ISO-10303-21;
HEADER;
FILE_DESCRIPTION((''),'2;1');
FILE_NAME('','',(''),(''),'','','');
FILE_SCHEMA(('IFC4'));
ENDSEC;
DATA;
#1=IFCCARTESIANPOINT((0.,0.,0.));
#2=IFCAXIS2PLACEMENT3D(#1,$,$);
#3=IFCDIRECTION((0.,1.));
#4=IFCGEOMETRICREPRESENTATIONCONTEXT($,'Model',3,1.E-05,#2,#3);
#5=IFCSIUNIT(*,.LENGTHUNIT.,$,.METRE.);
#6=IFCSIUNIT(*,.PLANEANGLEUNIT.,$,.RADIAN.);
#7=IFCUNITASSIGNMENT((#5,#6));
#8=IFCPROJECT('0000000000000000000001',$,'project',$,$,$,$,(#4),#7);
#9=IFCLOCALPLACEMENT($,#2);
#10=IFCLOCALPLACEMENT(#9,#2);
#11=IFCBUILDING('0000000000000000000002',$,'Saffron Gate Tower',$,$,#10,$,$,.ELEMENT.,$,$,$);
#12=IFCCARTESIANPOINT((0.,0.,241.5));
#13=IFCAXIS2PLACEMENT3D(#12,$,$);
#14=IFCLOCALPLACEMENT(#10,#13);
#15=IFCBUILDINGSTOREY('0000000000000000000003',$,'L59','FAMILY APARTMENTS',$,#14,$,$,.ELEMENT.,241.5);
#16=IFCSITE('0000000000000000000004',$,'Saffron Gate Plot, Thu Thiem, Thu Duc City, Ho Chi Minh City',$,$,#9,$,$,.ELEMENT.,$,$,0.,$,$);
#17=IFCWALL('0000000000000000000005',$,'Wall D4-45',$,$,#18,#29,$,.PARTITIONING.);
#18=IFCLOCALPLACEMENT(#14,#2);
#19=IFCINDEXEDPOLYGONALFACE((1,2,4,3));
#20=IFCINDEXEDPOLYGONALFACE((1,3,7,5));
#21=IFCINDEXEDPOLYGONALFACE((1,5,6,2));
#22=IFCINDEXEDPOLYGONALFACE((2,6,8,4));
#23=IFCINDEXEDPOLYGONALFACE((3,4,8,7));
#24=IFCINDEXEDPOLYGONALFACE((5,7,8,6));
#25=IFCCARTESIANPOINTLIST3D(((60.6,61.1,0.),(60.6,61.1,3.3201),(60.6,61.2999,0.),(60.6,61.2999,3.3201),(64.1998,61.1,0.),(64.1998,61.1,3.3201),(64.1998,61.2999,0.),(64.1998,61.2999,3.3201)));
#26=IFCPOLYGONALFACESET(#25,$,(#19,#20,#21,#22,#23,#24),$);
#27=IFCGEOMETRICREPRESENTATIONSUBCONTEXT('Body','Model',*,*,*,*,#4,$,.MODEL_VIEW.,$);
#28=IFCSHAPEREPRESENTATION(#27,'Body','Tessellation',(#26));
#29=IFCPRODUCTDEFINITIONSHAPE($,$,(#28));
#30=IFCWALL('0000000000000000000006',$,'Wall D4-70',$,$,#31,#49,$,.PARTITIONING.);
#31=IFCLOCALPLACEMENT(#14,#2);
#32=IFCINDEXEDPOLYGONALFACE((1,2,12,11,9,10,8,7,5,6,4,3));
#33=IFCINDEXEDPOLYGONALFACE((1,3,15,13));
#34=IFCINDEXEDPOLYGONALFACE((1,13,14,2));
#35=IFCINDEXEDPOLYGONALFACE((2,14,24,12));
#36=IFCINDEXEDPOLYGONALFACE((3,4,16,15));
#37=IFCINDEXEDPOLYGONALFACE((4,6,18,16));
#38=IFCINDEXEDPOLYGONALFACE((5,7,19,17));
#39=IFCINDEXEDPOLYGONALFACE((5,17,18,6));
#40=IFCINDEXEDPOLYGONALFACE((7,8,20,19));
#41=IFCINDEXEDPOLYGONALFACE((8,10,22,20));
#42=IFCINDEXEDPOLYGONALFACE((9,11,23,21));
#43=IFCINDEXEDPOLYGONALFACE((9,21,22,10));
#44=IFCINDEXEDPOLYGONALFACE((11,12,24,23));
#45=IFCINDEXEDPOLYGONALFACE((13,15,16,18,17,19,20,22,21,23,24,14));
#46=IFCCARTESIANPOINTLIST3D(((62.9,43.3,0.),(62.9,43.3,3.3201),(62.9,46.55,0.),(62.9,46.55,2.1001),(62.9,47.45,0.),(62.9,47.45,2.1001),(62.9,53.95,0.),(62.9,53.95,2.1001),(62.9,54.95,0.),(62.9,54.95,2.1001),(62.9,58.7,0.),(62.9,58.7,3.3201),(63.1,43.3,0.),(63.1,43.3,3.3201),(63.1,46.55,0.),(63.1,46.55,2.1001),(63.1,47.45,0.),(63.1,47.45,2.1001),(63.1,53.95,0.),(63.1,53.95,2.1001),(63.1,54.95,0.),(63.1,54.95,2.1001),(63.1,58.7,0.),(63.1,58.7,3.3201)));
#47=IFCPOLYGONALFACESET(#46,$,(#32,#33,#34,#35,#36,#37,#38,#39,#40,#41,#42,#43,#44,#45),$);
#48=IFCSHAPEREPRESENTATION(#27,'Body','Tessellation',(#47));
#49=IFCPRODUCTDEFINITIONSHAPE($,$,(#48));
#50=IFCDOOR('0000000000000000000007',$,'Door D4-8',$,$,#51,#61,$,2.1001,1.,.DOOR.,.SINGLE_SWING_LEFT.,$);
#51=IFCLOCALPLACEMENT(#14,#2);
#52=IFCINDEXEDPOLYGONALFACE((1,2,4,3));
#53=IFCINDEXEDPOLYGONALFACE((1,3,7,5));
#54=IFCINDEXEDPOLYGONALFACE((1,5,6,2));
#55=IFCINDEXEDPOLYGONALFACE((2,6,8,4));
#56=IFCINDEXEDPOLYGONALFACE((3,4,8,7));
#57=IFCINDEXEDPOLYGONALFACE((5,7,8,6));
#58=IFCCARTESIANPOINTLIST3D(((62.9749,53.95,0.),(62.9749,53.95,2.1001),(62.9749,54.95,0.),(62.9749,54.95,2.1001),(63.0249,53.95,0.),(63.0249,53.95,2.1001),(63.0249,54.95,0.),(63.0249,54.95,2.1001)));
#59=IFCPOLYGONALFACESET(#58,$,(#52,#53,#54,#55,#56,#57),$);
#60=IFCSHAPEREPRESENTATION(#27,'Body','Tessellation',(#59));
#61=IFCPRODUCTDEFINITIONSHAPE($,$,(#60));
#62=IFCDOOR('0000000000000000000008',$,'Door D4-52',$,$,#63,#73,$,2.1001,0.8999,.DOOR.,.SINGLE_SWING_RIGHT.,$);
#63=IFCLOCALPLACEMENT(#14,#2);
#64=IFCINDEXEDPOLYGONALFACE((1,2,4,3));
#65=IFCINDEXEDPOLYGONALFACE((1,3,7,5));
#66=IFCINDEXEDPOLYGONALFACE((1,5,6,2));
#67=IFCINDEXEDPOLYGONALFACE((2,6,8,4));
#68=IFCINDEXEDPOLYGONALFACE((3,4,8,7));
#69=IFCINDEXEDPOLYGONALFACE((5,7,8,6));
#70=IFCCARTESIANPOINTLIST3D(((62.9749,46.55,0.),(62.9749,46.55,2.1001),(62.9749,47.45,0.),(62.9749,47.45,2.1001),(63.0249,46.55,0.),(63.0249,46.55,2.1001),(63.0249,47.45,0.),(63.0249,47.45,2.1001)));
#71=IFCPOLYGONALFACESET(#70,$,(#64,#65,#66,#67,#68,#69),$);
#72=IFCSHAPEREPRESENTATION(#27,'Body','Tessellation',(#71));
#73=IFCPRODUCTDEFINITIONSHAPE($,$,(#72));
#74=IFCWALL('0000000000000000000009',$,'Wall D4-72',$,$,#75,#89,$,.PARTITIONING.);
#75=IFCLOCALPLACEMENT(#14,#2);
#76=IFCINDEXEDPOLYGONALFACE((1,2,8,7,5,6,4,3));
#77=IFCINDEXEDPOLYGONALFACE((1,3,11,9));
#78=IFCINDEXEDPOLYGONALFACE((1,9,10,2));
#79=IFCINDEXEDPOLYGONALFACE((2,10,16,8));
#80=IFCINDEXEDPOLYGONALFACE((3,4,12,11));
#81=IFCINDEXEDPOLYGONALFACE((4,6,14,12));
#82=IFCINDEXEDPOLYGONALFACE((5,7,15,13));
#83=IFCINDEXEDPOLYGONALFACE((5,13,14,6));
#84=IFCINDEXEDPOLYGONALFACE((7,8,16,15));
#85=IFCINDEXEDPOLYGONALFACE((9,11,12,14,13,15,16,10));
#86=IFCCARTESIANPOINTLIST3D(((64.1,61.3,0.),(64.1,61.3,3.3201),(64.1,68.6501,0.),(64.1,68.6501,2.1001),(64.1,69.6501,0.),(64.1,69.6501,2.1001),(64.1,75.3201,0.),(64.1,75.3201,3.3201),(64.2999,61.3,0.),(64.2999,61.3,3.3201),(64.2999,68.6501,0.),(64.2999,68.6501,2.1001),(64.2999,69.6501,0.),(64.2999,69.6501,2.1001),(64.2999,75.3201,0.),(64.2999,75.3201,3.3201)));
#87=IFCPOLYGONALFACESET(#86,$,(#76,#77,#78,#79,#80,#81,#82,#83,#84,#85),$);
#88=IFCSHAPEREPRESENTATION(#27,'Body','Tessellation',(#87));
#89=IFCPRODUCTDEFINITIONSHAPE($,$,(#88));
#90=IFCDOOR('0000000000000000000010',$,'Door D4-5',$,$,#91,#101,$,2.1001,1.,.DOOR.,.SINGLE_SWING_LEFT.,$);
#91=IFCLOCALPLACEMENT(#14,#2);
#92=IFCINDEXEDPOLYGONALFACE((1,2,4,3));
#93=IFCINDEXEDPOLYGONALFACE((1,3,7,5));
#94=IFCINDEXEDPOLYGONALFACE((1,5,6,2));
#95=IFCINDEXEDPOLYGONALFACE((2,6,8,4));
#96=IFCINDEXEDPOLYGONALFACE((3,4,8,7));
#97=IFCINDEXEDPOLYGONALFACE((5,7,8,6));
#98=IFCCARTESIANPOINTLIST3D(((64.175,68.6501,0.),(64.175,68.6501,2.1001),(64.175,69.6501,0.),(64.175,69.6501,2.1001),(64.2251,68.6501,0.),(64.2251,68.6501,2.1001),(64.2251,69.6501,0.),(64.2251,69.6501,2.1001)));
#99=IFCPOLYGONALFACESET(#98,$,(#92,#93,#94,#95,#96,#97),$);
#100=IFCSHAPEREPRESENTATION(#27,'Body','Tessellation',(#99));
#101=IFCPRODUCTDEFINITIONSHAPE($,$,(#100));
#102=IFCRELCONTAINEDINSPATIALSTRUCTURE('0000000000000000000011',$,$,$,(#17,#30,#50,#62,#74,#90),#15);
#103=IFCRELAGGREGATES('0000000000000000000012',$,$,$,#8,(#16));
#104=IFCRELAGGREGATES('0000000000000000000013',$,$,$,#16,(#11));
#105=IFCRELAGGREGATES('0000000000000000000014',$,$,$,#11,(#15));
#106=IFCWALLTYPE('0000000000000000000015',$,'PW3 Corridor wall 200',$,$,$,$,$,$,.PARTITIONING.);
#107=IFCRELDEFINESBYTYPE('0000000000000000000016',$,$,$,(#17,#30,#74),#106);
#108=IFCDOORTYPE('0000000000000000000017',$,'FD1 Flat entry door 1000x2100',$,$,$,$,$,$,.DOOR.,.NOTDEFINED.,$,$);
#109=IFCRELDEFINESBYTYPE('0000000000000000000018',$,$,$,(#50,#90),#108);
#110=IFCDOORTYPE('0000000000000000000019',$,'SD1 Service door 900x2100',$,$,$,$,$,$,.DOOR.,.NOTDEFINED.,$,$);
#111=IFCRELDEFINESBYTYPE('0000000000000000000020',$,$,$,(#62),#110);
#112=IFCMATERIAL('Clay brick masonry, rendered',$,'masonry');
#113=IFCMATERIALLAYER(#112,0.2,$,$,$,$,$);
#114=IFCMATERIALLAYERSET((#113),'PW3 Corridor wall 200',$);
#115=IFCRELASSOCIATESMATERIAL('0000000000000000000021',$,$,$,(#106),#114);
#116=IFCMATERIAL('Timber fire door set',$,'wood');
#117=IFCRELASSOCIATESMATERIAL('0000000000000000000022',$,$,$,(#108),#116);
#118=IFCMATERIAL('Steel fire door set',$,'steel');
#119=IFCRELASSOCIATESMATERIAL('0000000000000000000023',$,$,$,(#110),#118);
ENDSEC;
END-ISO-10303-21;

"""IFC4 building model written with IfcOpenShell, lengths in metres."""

from ifc_helpers import new_model, si_unit, direction, frame, frame_2d, origin, place, context, subcontext, project, spatial, rectangle, extrude, material, layer, layer_set, type_object, element, fill, save


model = new_model("IFC4")

# Units and contexts
model_context = context("Model", 3, precision=1e-05, world=origin(), true_north=direction((0.0, 1.0)))
body_context = subcontext(model_context, "Body", "Model", "MODEL_VIEW")
ifc_project = project(units=[si_unit("LENGTHUNIT", "METRE"), si_unit("PLANEANGLEUNIT", "RADIAN")], contexts=[model_context])

# Site, building, storey
site_placement = place(None, origin())
site = spatial("IfcSite", under=ifc_project, at=site_placement, Name="Saffron Gate Plot, Thu Thiem, Thu Duc City, Ho Chi Minh City", CompositionType="ELEMENT", RefElevation=0.0)
building_placement = place(site_placement, origin())
building = spatial("IfcBuilding", under=site, at=building_placement, Name="Saffron Gate Tower", CompositionType="ELEMENT")
storey_placement = place(building_placement, frame((0.0, 0.0, 241.5)))
storey = spatial("IfcBuildingStorey", under=building, at=storey_placement, Name="L59", Description="FAMILY APARTMENTS", CompositionType="ELEMENT", Elevation=241.5)

# Wall
ifc_material_1 = material(Name="Clay brick masonry, rendered", Category="masonry")
ifc_layer_1 = layer(ifc_material_1, 0.2)
ifc_layer_set_1 = layer_set([ifc_layer_1], Name="PW3 Corridor wall 200")
wall_type_1 = type_object("IfcWallType", Name="PW3 Corridor wall 200", PredefinedType="PARTITIONING", material=ifc_layer_set_1)
wall_1_placement = place(storey_placement, frame((60.6001, 61.2, 0.0), z_axis=(0.0, 0.0, 1.0), x_axis=(1.0, 0.0, 0.0)))
element("IfcWall", 1, at=wall_1_placement, inside=storey, type_object=wall_type_1, Name="Wall D4-45", PredefinedType="PARTITIONING", context=body_context, shape_type="SweptSolid", body=[
    extrude(rectangle(XDim=3.5999, YDim=0.2, at=frame_2d((1.7998, 0.0))), origin(), (0.0, 0.0, 1.0), 3.3201),
])

# Wall, openings, doors
wall_2_placement = place(storey_placement, frame((63.0, 58.7, 0.0), z_axis=(0.0, 0.0, 1.0), x_axis=(0.0, -1.0, 0.0)))
wall_2 = element("IfcWall", 2, at=wall_2_placement, inside=storey, type_object=wall_type_1, Name="Wall D4-70", PredefinedType="PARTITIONING", context=body_context, shape_type="SweptSolid", body=[
    extrude(rectangle(XDim=15.3999, YDim=0.2, at=frame_2d((7.7, 0.0))), origin(), (0.0, 0.0, 1.0), 3.3201),
])
opening_1_placement = place(wall_2_placement, frame((3.75, 0.0, 0.0)))
opening_1 = element("IfcOpeningElement", 3, at=opening_1_placement, cuts=wall_2, PredefinedType="OPENING", context=body_context, shape_type="SweptSolid", body=[
    extrude(rectangle(XDim=1.0, YDim=2.1001, at=frame_2d((0.5, 1.05))), frame((0.0, 0.1099, 0.0), z_axis=(0.0, -1.0, 0.0), x_axis=(1.0, 0.0, 0.0)), (0.0, 0.0, 1.0), 0.22),
])
opening_2_placement = place(wall_2_placement, frame((11.25, 0.0, 0.0)))
opening_2 = element("IfcOpeningElement", 4, at=opening_2_placement, cuts=wall_2, PredefinedType="OPENING", context=body_context, shape_type="SweptSolid", body=[
    extrude(rectangle(XDim=0.8999, YDim=2.1001, at=frame_2d((0.45, 1.05))), frame((0.0, 0.1099, 0.0), z_axis=(0.0, -1.0, 0.0), x_axis=(1.0, 0.0, 0.0)), (0.0, 0.0, 1.0), 0.22),
])
ifc_material_2 = material(Name="Timber fire door set", Category="wood")
door_type_1 = type_object("IfcDoorType", Name="FD1 Flat entry door 1000x2100", OperationType="NOTDEFINED", PredefinedType="DOOR", material=ifc_material_2)
door_1_placement = place(opening_1_placement, origin())
door_1 = element("IfcDoor", 5, at=door_1_placement, inside=storey, type_object=door_type_1, Name="Door D4-8", OperationType="SINGLE_SWING_LEFT", OverallHeight=2.1001, OverallWidth=1.0, PredefinedType="DOOR", context=body_context, shape_type="SweptSolid", body=[
    extrude(rectangle(XDim=1.0, YDim=2.1001, at=frame_2d((0.5, 1.05))), frame((0.0, 0.0249, 0.0), z_axis=(0.0, -1.0, 0.0), x_axis=(1.0, 0.0, 0.0)), (0.0, 0.0, 1.0), 0.05),
])
fill(opening_1, door_1)
ifc_material_3 = material(Name="Steel fire door set", Category="steel")
door_type_2 = type_object("IfcDoorType", Name="SD1 Service door 900x2100", OperationType="NOTDEFINED", PredefinedType="DOOR", material=ifc_material_3)
door_2_placement = place(opening_2_placement, origin())
door_2 = element("IfcDoor", 6, at=door_2_placement, inside=storey, type_object=door_type_2, Name="Door D4-52", OperationType="SINGLE_SWING_RIGHT", OverallHeight=2.1001, OverallWidth=0.8999, PredefinedType="DOOR", context=body_context, shape_type="SweptSolid", body=[
    extrude(rectangle(XDim=0.8999, YDim=2.1001, at=frame_2d((0.45, 1.05))), frame((0.0, 0.0249, 0.0), z_axis=(0.0, -1.0, 0.0), x_axis=(1.0, 0.0, 0.0)), (0.0, 0.0, 1.0), 0.05),
])
fill(opening_2, door_2)

# Wall, opening, door
wall_3_placement = place(storey_placement, frame((64.2, 61.3, 0.0), z_axis=(0.0, 0.0, 1.0), x_axis=(0.0, 1.0, 0.0)))
wall_3 = element("IfcWall", 7, at=wall_3_placement, inside=storey, type_object=wall_type_1, Name="Wall D4-72", PredefinedType="PARTITIONING", context=body_context, shape_type="SweptSolid", body=[
    extrude(rectangle(XDim=14.02, YDim=0.2, at=frame_2d((7.01, 0.0))), origin(), (0.0, 0.0, 1.0), 3.3201),
])
opening_3_placement = place(wall_3_placement, frame((7.3501, 0.0, 0.0)))
opening_3 = element("IfcOpeningElement", 8, at=opening_3_placement, cuts=wall_3, PredefinedType="OPENING", context=body_context, shape_type="SweptSolid", body=[
    extrude(rectangle(XDim=1.0, YDim=2.1001, at=frame_2d((0.5, 1.05))), frame((0.0, 0.1099, 0.0), z_axis=(0.0, -1.0, 0.0), x_axis=(1.0, 0.0, 0.0)), (0.0, 0.0, 1.0), 0.22),
])
door_3_placement = place(opening_3_placement, origin())
door_3 = element("IfcDoor", 9, at=door_3_placement, inside=storey, type_object=door_type_1, Name="Door D4-5", OperationType="SINGLE_SWING_LEFT", OverallHeight=2.1001, OverallWidth=1.0, PredefinedType="DOOR", context=body_context, shape_type="SweptSolid", body=[
    extrude(rectangle(XDim=1.0, YDim=2.1001, at=frame_2d((0.5, 1.05))), frame((0.0, 0.0249, 0.0), z_axis=(0.0, -1.0, 0.0), x_axis=(1.0, 0.0, 0.0)), (0.0, 0.0, 1.0), 0.05),
])
fill(opening_3, door_3)

save(model, "model.ifc")
